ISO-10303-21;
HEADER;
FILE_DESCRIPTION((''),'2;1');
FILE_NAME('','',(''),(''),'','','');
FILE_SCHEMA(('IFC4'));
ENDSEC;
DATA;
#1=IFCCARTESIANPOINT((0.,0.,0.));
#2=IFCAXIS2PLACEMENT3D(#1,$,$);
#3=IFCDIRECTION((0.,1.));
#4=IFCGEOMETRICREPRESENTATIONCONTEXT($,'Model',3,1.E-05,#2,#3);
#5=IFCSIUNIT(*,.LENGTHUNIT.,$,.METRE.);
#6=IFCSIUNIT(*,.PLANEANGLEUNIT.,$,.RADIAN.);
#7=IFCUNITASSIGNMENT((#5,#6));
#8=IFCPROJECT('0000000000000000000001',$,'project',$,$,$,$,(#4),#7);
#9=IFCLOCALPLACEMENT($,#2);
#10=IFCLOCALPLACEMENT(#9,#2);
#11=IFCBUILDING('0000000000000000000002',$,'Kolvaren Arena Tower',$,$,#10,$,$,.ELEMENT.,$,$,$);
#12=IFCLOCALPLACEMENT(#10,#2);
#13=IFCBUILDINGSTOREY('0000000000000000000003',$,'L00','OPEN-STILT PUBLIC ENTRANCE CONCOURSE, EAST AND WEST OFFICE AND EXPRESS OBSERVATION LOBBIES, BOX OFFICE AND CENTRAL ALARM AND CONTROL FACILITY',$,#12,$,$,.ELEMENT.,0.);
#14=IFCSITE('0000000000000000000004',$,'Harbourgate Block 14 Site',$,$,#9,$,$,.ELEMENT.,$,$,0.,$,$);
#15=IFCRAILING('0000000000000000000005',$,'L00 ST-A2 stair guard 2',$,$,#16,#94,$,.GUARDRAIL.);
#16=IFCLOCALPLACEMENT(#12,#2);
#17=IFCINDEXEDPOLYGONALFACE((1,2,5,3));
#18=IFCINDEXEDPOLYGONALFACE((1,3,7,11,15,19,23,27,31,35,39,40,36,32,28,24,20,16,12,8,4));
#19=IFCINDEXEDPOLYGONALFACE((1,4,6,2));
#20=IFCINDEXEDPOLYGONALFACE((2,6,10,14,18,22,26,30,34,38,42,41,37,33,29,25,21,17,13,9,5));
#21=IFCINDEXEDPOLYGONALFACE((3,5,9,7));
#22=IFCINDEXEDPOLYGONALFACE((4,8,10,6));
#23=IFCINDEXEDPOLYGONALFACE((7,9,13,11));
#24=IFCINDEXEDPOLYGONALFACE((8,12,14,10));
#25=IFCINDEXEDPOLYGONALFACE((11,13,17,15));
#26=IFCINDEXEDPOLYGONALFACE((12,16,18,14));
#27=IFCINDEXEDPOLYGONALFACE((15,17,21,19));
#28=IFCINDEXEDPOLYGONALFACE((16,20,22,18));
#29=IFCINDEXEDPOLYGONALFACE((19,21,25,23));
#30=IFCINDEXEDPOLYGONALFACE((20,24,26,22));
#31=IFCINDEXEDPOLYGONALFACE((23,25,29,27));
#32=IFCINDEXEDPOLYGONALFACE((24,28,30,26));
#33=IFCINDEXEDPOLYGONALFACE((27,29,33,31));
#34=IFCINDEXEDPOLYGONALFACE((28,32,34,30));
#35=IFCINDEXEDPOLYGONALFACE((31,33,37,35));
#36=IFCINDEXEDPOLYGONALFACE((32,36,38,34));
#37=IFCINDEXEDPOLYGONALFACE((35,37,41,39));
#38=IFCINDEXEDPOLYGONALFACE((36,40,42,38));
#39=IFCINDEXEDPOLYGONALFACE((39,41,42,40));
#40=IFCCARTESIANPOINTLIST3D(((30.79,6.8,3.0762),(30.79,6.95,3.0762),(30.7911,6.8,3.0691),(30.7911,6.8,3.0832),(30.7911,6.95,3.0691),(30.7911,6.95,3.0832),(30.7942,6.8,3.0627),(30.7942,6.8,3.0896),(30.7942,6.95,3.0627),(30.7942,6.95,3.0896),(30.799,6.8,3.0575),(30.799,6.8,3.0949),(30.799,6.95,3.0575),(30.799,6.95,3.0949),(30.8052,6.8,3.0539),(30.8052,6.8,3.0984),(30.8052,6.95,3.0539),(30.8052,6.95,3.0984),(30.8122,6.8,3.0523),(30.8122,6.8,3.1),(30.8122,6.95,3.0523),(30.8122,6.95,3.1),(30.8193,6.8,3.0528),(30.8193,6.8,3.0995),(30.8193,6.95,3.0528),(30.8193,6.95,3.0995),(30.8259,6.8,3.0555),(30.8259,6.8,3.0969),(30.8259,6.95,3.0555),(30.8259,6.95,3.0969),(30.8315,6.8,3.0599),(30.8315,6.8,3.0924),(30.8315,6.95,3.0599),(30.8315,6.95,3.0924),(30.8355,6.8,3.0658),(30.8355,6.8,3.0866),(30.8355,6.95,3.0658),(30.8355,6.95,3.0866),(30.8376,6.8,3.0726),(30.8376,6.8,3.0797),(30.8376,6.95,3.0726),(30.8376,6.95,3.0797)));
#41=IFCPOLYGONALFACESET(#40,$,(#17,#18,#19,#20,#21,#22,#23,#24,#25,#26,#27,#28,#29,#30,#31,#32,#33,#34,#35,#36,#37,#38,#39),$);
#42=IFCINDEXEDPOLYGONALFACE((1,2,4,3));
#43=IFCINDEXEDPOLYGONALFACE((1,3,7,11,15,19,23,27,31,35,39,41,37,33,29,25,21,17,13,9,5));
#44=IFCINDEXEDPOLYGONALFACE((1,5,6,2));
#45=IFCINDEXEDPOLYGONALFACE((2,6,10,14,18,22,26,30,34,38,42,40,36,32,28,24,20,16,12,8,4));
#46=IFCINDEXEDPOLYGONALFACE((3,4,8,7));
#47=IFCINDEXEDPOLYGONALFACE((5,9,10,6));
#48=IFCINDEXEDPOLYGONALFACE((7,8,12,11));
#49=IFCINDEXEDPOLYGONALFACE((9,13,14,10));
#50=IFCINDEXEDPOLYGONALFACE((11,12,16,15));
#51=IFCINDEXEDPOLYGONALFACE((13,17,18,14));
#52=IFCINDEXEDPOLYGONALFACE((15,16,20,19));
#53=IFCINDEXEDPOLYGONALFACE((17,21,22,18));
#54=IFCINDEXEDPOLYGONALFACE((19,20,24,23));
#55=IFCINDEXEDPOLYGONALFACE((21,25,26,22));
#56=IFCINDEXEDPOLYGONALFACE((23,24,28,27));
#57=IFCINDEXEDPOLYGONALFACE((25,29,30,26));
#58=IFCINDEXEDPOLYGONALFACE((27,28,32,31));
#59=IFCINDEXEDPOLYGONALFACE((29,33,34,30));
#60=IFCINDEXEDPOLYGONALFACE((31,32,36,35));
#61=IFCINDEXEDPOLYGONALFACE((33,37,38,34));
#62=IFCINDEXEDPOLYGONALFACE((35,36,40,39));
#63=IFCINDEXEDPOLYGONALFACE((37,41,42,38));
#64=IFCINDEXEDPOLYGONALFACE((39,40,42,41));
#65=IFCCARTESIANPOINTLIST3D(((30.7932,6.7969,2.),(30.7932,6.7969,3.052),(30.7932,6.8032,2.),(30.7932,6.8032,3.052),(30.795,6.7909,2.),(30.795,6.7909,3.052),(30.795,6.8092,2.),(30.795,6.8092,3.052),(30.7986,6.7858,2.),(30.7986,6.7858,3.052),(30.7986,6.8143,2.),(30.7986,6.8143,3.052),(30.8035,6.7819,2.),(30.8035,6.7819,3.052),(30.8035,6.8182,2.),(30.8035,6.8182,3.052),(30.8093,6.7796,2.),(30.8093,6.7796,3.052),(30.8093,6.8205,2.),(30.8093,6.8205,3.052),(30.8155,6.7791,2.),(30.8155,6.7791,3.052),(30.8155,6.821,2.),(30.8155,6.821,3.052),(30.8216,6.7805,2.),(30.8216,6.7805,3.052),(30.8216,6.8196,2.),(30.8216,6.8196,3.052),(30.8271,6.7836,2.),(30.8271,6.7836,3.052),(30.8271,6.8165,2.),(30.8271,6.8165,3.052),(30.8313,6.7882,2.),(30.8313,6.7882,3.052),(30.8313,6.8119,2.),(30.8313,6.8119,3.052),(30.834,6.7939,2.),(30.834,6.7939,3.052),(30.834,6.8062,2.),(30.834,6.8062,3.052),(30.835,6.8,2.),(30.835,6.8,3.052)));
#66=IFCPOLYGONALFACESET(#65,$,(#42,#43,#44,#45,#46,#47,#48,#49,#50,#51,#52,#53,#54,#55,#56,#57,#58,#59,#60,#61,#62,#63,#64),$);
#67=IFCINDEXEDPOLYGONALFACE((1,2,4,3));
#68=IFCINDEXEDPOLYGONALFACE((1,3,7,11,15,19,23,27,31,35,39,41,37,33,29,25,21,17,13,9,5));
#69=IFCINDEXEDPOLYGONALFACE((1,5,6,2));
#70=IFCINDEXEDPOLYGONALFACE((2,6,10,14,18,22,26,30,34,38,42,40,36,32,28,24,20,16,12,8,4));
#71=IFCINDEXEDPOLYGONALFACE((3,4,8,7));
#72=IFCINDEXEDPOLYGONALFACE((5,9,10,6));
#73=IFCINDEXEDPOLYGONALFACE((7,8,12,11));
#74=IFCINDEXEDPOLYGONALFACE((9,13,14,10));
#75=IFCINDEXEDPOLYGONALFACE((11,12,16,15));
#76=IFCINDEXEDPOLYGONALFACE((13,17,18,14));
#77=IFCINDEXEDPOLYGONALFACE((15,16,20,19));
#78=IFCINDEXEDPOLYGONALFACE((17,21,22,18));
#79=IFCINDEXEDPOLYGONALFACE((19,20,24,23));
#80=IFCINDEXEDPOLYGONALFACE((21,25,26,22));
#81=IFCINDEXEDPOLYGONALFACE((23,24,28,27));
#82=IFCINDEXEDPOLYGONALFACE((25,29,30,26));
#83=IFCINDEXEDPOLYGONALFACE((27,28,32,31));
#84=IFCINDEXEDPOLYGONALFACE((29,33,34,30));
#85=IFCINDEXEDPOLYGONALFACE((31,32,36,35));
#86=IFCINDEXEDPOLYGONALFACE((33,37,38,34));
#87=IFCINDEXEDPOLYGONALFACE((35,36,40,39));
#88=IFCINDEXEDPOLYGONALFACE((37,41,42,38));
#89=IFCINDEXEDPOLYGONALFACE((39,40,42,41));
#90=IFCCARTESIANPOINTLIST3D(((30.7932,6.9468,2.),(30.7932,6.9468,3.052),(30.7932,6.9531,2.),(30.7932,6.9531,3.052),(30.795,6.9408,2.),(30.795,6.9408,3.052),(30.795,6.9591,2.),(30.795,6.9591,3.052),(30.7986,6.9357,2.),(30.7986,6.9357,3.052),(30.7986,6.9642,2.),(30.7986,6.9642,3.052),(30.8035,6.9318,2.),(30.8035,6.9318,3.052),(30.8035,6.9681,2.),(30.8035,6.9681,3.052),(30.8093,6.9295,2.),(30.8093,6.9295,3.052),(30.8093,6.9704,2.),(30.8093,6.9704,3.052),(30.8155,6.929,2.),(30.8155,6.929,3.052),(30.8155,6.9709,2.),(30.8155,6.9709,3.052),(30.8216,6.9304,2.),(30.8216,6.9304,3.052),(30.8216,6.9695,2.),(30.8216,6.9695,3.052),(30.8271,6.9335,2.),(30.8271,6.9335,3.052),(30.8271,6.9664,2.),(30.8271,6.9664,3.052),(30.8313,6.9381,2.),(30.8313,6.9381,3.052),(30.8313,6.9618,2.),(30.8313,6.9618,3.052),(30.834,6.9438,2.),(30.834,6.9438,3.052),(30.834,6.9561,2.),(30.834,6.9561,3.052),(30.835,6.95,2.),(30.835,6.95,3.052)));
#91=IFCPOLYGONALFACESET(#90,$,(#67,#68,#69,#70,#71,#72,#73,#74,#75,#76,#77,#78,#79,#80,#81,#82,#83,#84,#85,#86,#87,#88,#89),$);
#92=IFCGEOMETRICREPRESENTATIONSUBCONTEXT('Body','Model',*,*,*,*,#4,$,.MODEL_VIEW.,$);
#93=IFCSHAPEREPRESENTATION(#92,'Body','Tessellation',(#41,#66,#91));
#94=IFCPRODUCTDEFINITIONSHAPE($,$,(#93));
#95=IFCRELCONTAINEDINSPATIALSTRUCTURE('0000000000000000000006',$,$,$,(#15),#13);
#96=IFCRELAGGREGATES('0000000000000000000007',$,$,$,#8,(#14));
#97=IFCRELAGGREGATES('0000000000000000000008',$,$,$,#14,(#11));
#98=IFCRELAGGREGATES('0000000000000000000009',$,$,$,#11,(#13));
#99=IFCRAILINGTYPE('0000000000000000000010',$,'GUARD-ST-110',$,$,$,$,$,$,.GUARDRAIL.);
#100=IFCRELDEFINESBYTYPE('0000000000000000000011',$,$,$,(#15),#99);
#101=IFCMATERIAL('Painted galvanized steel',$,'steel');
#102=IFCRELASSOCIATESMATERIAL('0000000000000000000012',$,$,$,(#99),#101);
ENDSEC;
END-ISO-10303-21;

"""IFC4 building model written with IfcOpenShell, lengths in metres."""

from ifc_helpers import new_model, si_unit, direction, frame, origin, origin_2d, place, context, subcontext, project, spatial, circle, extrude, material, type_object, element, save


model = new_model("IFC4")

# Units and contexts
model_context = context("Model", 3, precision=1e-05, world=origin(), true_north=direction((0.0, 1.0)))
body_context = subcontext(model_context, "Body", "Model", "MODEL_VIEW")
ifc_project = project(units=[si_unit("LENGTHUNIT", "METRE"), si_unit("PLANEANGLEUNIT", "RADIAN")], contexts=[model_context])

# Site, building, storey
site_placement = place(None, origin())
site = spatial("IfcSite", under=ifc_project, at=site_placement, Name="Harbourgate Block 14 Site", CompositionType="ELEMENT", RefElevation=0.0)
building_placement = place(site_placement, origin())
building = spatial("IfcBuilding", under=site, at=building_placement, Name="Kolvaren Arena Tower", CompositionType="ELEMENT")
storey_placement = place(building_placement, origin())
storey = spatial("IfcBuildingStorey", under=building, at=storey_placement, Name="L00", Description="OPEN-STILT PUBLIC ENTRANCE CONCOURSE, EAST AND WEST OFFICE AND EXPRESS OBSERVATION LOBBIES, BOX OFFICE AND CENTRAL ALARM AND CONTROL FACILITY", CompositionType="ELEMENT", Elevation=0.0)

# Railing
ifc_material_1 = material(Name="Painted galvanized steel", Category="steel")
railing_type_1 = type_object("IfcRailingType", Name="GUARD-ST-110", PredefinedType="GUARDRAIL", material=ifc_material_1)
railing_1_placement = place(storey_placement, frame((30.814, 6.8, 2.0)))
element("IfcRailing", 1, at=railing_1_placement, inside=storey, type_object=railing_type_1, Name="L00 ST-A2 stair guard 2", PredefinedType="GUARDRAIL", context=body_context, shape_type="SweptSolid", body=[
    extrude(circle(Radius=0.0239, at=origin_2d()), frame((0.0, 0.0, 1.0762), z_axis=(0.0, 1.0, 0.0), x_axis=(-1.0, 0.0, 0.0)), (0.0, 0.0, 1.0), 0.1499),
    extrude(circle(Radius=0.021, at=origin_2d()), origin(), (0.0, 0.0, 1.0), 1.052),
    extrude(circle(Radius=0.021, at=origin_2d()), frame((0.0, 0.1499, 0.0)), (0.0, 0.0, 1.0), 1.052),
])

save(model, "model.ifc")
